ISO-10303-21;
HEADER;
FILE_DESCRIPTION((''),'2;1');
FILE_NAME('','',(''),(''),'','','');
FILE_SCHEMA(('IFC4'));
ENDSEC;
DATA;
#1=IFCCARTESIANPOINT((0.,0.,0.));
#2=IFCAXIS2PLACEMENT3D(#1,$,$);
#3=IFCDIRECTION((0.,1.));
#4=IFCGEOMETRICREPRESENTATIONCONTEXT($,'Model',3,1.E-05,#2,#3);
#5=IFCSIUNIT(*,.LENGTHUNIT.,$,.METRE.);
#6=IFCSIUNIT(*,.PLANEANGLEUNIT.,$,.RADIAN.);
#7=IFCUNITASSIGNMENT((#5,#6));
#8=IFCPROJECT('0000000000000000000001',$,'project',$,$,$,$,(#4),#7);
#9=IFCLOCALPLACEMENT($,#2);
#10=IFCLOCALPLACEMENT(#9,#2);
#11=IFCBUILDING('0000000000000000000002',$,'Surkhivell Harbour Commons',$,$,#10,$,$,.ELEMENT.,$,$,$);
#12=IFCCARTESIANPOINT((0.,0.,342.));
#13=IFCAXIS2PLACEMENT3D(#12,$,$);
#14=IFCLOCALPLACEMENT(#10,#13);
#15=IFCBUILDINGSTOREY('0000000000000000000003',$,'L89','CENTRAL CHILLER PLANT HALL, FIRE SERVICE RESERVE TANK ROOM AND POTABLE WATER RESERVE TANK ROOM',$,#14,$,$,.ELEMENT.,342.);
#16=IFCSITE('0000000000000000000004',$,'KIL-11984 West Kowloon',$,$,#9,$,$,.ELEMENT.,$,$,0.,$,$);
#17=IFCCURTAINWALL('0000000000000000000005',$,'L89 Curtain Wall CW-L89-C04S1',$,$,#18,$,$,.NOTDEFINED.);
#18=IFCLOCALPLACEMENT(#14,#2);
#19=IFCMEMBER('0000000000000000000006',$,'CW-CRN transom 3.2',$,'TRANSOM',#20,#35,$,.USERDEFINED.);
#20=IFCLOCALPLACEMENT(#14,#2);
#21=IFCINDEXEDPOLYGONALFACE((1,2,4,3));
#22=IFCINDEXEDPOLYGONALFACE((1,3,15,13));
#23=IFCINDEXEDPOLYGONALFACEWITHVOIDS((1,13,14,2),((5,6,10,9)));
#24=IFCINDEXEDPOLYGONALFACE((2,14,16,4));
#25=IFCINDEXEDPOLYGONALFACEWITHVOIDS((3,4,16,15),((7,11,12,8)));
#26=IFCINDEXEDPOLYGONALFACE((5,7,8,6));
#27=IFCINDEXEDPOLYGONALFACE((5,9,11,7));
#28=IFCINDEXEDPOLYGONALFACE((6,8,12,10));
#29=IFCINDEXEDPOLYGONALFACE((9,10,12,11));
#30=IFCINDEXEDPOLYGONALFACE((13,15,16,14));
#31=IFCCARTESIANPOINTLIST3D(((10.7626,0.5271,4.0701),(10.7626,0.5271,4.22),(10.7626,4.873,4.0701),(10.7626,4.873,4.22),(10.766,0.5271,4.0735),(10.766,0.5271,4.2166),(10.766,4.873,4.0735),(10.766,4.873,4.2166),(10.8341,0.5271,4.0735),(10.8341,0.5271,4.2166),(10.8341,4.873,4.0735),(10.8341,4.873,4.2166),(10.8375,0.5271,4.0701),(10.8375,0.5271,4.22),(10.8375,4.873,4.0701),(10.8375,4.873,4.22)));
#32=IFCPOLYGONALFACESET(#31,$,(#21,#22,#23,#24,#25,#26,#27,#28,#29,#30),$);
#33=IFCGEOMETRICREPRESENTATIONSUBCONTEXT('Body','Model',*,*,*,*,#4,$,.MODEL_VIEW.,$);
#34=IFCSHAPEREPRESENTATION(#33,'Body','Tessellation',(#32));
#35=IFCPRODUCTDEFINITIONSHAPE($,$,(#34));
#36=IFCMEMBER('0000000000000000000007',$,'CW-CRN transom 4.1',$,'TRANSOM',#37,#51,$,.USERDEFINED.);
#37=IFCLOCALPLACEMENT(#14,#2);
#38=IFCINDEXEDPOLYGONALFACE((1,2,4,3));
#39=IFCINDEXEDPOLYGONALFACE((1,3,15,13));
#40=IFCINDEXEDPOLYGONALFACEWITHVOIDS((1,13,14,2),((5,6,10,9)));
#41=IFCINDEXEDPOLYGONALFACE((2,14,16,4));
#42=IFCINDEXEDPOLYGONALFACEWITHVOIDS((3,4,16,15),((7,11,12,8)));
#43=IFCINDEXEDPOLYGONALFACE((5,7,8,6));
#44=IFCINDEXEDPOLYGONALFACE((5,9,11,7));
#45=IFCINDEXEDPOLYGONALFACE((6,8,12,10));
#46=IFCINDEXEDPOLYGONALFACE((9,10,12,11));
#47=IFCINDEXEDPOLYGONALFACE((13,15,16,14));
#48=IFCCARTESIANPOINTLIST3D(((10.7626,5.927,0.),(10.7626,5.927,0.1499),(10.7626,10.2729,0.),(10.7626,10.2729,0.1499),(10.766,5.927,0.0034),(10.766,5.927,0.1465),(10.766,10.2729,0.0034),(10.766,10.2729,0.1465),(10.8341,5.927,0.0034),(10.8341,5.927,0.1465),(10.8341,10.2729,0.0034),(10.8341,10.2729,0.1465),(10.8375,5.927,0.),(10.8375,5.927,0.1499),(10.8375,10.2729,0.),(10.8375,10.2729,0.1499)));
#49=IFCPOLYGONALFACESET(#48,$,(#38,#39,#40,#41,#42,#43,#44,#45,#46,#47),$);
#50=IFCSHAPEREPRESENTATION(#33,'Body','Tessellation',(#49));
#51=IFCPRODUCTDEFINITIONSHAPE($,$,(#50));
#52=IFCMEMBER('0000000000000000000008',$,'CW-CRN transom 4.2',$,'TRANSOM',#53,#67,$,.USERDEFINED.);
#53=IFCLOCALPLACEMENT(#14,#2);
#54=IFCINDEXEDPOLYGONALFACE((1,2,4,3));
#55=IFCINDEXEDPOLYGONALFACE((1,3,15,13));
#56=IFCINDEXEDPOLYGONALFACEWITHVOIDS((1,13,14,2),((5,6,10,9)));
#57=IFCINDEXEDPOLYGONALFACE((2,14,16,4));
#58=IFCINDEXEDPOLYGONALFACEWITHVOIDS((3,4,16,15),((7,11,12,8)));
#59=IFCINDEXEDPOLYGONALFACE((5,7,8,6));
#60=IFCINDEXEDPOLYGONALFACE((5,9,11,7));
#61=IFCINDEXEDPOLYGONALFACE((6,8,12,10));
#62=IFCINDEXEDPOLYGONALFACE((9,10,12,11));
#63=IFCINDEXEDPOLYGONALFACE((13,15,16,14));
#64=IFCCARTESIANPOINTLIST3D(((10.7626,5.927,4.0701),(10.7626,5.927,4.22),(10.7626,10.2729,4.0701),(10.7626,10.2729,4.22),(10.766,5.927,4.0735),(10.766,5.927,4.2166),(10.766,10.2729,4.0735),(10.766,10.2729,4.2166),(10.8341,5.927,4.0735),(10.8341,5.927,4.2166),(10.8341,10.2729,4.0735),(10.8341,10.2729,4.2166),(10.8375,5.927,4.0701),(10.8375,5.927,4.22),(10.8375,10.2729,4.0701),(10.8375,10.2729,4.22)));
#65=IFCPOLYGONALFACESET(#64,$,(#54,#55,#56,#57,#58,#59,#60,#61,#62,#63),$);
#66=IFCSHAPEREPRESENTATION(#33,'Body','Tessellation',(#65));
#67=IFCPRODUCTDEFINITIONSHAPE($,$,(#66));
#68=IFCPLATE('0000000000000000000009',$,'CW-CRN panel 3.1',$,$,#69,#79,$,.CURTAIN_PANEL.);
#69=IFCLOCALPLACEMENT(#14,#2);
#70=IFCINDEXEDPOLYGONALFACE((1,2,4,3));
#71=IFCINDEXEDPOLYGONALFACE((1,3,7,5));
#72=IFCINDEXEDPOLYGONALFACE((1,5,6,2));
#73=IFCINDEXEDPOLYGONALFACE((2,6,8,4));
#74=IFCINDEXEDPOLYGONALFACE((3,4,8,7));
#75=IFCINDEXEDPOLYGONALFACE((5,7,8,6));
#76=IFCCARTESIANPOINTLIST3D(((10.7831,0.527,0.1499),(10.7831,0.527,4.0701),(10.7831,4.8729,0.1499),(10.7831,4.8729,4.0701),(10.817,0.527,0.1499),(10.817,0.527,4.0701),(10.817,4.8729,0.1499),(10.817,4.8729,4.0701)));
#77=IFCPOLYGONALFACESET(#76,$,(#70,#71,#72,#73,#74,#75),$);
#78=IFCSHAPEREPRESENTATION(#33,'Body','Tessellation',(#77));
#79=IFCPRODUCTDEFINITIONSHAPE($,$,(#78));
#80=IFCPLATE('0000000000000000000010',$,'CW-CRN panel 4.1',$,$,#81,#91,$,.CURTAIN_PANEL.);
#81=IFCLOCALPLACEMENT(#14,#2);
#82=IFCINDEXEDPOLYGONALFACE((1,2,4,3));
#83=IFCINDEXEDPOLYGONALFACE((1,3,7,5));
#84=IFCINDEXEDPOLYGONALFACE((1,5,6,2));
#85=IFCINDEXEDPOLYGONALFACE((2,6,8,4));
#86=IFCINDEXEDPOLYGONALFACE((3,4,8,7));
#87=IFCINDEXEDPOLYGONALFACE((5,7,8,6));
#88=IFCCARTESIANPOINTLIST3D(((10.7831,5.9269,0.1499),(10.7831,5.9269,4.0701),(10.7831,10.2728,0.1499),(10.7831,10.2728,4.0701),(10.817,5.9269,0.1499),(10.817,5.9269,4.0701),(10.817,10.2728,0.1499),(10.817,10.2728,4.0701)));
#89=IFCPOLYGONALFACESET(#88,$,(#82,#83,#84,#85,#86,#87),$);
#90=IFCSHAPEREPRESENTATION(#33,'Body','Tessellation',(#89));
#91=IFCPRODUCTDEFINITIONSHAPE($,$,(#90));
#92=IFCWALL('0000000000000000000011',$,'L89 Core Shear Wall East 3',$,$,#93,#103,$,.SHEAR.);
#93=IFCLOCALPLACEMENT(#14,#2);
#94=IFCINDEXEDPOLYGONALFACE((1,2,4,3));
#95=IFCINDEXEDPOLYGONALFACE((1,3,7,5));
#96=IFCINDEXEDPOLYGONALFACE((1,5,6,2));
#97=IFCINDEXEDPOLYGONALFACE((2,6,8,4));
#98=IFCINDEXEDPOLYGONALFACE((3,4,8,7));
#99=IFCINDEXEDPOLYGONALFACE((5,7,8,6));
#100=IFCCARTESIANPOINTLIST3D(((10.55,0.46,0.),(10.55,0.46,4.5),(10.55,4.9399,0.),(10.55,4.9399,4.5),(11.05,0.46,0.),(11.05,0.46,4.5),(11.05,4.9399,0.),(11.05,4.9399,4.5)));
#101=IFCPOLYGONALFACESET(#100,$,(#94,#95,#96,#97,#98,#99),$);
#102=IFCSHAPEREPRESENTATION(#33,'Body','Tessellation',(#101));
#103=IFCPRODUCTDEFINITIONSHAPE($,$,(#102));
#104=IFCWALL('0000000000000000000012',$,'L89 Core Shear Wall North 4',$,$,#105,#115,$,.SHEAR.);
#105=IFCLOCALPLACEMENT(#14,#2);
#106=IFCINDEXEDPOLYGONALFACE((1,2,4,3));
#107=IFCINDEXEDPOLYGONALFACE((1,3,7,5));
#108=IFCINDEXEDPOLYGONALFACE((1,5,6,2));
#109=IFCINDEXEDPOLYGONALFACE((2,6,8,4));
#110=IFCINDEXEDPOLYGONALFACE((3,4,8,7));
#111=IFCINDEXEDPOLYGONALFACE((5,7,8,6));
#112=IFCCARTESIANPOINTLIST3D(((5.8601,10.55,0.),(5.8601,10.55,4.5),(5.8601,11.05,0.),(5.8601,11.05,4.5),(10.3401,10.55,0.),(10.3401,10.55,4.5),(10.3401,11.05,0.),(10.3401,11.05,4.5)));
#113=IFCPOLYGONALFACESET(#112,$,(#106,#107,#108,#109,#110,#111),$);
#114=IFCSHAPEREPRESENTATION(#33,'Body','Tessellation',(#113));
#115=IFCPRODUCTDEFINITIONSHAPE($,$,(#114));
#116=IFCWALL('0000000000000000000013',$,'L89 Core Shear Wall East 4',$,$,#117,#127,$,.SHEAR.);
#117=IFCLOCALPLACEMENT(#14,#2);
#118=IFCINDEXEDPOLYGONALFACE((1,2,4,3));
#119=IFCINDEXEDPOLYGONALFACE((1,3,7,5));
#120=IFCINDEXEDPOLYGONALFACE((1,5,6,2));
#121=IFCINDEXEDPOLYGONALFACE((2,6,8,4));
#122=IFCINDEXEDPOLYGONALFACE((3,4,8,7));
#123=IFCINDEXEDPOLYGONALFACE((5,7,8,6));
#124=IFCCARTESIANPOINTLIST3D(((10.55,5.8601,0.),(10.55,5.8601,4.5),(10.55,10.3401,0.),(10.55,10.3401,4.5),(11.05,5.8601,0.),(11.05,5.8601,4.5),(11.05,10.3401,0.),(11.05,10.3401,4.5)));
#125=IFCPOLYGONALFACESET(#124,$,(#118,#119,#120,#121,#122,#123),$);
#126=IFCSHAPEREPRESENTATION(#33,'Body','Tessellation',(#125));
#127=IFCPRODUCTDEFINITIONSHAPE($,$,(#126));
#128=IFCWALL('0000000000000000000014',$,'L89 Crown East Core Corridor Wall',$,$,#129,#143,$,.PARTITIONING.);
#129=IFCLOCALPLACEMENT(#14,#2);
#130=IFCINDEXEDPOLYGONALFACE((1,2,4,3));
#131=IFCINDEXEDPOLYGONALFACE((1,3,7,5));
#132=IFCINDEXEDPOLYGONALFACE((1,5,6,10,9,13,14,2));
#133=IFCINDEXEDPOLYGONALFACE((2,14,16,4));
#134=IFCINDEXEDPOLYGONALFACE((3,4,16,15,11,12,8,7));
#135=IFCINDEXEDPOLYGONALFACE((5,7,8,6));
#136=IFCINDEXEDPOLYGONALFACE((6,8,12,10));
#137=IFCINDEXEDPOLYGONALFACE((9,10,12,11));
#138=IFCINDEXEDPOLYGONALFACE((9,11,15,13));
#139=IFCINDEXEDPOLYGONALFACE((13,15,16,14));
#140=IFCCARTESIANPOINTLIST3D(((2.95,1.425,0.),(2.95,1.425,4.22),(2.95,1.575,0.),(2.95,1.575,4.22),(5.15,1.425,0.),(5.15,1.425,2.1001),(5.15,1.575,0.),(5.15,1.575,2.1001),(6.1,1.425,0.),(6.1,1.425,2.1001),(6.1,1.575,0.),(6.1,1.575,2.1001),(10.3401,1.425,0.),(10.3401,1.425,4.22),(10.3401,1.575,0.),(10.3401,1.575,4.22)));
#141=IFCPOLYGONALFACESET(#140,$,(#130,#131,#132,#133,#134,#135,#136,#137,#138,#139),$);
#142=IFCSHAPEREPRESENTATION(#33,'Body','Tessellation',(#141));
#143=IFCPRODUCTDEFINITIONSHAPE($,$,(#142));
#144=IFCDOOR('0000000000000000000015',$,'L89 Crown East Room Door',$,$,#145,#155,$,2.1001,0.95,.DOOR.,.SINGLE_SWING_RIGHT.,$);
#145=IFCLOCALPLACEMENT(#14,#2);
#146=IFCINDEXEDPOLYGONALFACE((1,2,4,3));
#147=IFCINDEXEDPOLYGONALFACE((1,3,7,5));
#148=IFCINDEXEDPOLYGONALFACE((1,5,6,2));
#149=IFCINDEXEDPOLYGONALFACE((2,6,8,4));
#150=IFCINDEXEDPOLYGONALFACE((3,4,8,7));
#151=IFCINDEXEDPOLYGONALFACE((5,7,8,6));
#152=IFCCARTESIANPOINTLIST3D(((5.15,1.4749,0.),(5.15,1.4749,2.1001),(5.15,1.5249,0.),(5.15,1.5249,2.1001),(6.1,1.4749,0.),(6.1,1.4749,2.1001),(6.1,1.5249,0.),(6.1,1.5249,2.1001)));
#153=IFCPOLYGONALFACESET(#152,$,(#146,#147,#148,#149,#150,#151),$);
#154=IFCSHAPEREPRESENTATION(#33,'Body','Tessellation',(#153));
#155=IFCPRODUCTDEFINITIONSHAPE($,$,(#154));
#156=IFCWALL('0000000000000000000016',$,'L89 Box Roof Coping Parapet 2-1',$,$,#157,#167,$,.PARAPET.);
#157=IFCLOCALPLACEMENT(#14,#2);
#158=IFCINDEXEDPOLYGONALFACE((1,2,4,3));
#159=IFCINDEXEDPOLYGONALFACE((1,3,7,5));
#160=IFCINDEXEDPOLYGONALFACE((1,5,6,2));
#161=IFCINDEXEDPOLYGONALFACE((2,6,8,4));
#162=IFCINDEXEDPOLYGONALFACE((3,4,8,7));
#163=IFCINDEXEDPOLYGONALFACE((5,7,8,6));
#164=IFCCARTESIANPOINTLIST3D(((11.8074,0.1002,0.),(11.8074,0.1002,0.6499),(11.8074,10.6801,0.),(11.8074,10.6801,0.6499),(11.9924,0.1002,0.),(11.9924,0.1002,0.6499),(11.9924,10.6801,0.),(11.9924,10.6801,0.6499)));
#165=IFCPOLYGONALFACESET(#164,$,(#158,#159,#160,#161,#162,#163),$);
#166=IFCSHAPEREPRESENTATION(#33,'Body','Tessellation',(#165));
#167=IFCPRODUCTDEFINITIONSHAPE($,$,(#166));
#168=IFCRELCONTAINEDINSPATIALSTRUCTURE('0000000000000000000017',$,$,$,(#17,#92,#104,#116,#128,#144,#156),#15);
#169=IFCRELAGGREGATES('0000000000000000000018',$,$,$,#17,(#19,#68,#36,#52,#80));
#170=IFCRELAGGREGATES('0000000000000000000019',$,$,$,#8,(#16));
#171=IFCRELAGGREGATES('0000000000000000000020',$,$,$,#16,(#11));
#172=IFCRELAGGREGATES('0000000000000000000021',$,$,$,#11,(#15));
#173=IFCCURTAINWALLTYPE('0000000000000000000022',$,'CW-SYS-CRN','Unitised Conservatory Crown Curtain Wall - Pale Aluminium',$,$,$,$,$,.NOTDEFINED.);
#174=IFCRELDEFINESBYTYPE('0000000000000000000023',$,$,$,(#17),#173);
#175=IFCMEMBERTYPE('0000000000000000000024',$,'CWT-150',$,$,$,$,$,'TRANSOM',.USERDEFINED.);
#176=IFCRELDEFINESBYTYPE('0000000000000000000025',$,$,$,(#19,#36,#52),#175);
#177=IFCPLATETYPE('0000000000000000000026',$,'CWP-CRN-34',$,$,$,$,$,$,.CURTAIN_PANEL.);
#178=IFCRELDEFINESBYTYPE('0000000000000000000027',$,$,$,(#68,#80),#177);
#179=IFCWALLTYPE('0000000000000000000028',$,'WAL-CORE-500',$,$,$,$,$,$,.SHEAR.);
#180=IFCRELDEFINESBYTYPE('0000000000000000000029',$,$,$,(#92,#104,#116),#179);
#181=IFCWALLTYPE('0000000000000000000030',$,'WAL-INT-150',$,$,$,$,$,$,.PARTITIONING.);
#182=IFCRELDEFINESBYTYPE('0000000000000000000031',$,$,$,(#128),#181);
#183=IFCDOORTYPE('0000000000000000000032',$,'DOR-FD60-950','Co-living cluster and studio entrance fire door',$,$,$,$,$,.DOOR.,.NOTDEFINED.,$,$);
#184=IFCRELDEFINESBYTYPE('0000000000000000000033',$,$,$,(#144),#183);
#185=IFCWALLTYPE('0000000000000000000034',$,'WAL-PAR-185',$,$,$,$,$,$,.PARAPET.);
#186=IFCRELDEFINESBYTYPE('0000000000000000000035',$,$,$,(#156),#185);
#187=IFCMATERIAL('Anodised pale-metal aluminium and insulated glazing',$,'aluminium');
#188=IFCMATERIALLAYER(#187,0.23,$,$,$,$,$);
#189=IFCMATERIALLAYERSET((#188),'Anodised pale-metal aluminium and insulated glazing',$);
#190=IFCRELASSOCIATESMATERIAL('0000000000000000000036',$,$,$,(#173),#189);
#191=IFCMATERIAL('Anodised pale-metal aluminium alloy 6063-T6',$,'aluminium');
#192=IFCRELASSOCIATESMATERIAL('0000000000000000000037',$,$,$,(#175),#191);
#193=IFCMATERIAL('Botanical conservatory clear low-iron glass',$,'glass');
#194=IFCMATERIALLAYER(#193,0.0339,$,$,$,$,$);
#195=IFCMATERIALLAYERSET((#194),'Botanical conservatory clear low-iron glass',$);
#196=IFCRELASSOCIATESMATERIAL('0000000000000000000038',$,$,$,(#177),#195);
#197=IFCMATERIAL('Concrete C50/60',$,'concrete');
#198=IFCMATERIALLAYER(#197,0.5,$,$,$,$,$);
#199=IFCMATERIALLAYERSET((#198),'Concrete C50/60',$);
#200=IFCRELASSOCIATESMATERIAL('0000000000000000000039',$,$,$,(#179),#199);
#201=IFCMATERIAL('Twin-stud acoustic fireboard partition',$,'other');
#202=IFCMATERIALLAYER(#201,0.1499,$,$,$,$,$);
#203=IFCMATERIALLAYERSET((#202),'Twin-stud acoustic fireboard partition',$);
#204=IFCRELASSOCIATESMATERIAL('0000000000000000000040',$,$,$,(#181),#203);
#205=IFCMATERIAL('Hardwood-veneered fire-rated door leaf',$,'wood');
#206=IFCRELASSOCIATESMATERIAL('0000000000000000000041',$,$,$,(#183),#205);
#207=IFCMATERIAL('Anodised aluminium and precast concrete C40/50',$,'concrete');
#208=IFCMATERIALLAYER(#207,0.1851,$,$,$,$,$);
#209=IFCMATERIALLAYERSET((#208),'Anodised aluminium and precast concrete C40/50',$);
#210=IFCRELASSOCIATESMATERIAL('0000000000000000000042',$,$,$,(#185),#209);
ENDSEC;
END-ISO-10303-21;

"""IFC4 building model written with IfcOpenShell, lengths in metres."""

from ifc_helpers import new_model, si_unit, direction, frame, frame_2d, origin, origin_2d, place, context, subcontext, project, spatial, rectangle, hollow_rectangle, extrude, material, layer, layer_set, material_profile, profile_set, type_object, element, fill, aggregate, save


model = new_model("IFC4")

# Units and contexts
model_context = context("Model", 3, precision=1e-05, world=origin(), true_north=direction((0.0, 1.0)))
body_context = subcontext(model_context, "Body", "Model", "MODEL_VIEW")
ifc_project = project(units=[si_unit("LENGTHUNIT", "METRE"), si_unit("PLANEANGLEUNIT", "RADIAN")], contexts=[model_context])

# Site, building, storey
site_placement = place(None, origin())
site = spatial("IfcSite", under=ifc_project, at=site_placement, Name="KIL-11984 West Kowloon", CompositionType="ELEMENT", RefElevation=0.0)
building_placement = place(site_placement, origin())
building = spatial("IfcBuilding", under=site, at=building_placement, Name="Surkhivell Harbour Commons", CompositionType="ELEMENT")
storey_placement = place(building_placement, frame((0.0, 0.0, 342.0)))
storey = spatial("IfcBuildingStorey", under=building, at=storey_placement, Name="L89", Description="CENTRAL CHILLER PLANT HALL, FIRE SERVICE RESERVE TANK ROOM AND POTABLE WATER RESERVE TANK ROOM", CompositionType="ELEMENT", Elevation=342.0)

# Curtain wall, members, plates
ifc_material_1 = material(Name="Anodised pale-metal aluminium and insulated glazing", Category="aluminium")
ifc_layer_1 = layer(ifc_material_1, 0.23)
ifc_layer_set_1 = layer_set([ifc_layer_1], Name="Anodised pale-metal aluminium and insulated glazing")
curtain_wall_type = type_object("IfcCurtainWallType", Name="CW-SYS-CRN", Description="Unitised Conservatory Crown Curtain Wall - Pale Aluminium", PredefinedType="NOTDEFINED", material=ifc_layer_set_1)
curtain_wall_placement = place(storey_placement, origin())
curtain_wall = element("IfcCurtainWall", 1, at=curtain_wall_placement, inside=storey, type_object=curtain_wall_type, Name="L89 Curtain Wall CW-L89-C04S1", PredefinedType="NOTDEFINED")
ifc_material_2 = material(Name="Anodised pale-metal aluminium alloy 6063-T6", Category="aluminium")
ifc_material_profile_1 = material_profile(ifc_material_2, hollow_rectangle(XDim=0.075, YDim=0.1499, WallThickness=0.0034, at=origin_2d()), Name="ALU-TRAN-75x150")
ifc_profile_set_1 = profile_set([ifc_material_profile_1], Name="Anodised pale-metal aluminium alloy 6063-T6")
member_type_1 = type_object("IfcMemberType", Name="CWT-150", ElementType="TRANSOM", PredefinedType="USERDEFINED", material=ifc_profile_set_1)
member_1_placement = place(storey_placement, frame((10.8, 0.5271, 4.145), z_axis=(0.0, 1.0, 0.0), x_axis=(-1.0, 0.0, 0.0)))
member_1 = element("IfcMember", 2, at=member_1_placement, type_object=member_type_1, Name="CW-CRN transom 3.2", ObjectType="TRANSOM", PredefinedType="USERDEFINED", context=body_context, shape_type="SweptSolid", body=[
    extrude(hollow_rectangle(XDim=0.075, YDim=0.1499, WallThickness=0.0034, at=origin_2d()), origin(), (0.0, 0.0, 1.0), 4.3459),
])
member_2_placement = place(storey_placement, frame((10.8, 5.927, 0.075), z_axis=(0.0, 1.0, 0.0), x_axis=(-1.0, 0.0, 0.0)))
member_2 = element("IfcMember", 3, at=member_2_placement, type_object=member_type_1, Name="CW-CRN transom 4.1", ObjectType="TRANSOM", PredefinedType="USERDEFINED", context=body_context, shape_type="SweptSolid", body=[
    extrude(hollow_rectangle(XDim=0.075, YDim=0.1499, WallThickness=0.0034, at=origin_2d()), origin(), (0.0, 0.0, 1.0), 4.3459),
])
member_3_placement = place(storey_placement, frame((10.8, 5.927, 4.145), z_axis=(0.0, 1.0, 0.0), x_axis=(-1.0, 0.0, 0.0)))
member_3 = element("IfcMember", 4, at=member_3_placement, type_object=member_type_1, Name="CW-CRN transom 4.2", ObjectType="TRANSOM", PredefinedType="USERDEFINED", context=body_context, shape_type="SweptSolid", body=[
    extrude(hollow_rectangle(XDim=0.075, YDim=0.1499, WallThickness=0.0034, at=origin_2d()), origin(), (0.0, 0.0, 1.0), 4.3459),
])
ifc_material_3 = material(Name="Botanical conservatory clear low-iron glass", Category="glass")
ifc_layer_2 = layer(ifc_material_3, 0.0339)
ifc_layer_set_2 = layer_set([ifc_layer_2], Name="Botanical conservatory clear low-iron glass")
plate_type = type_object("IfcPlateType", Name="CWP-CRN-34", PredefinedType="CURTAIN_PANEL", material=ifc_layer_set_2)
plate_1_placement = place(storey_placement, frame((10.8, 0.5271, 0.1499), z_axis=(0.0, 0.0, 1.0), x_axis=(0.0, 1.0, 0.0)))
plate_1 = element("IfcPlate", 5, at=plate_1_placement, type_object=plate_type, Name="CW-CRN panel 3.1", PredefinedType="CURTAIN_PANEL", context=body_context, shape_type="SweptSolid", body=[
    extrude(rectangle(XDim=4.3459, YDim=0.0339, at=frame_2d((2.1729, 0.0))), origin(), (0.0, 0.0, 1.0), 3.9202),
])
plate_2_placement = place(storey_placement, frame((10.8, 5.927, 0.1499), z_axis=(0.0, 0.0, 1.0), x_axis=(0.0, 1.0, 0.0)))
plate_2 = element("IfcPlate", 6, at=plate_2_placement, type_object=plate_type, Name="CW-CRN panel 4.1", PredefinedType="CURTAIN_PANEL", context=body_context, shape_type="SweptSolid", body=[
    extrude(rectangle(XDim=4.3459, YDim=0.0339, at=frame_2d((2.1729, 0.0))), origin(), (0.0, 0.0, 1.0), 3.9202),
])
aggregate(curtain_wall, [member_1, plate_1, member_2, member_3, plate_2])

# Walls
ifc_material_4 = material(Name="Concrete C50/60", Category="concrete")
ifc_layer_3 = layer(ifc_material_4, 0.5)
ifc_layer_set_3 = layer_set([ifc_layer_3], Name="Concrete C50/60")
wall_type_1 = type_object("IfcWallType", Name="WAL-CORE-500", PredefinedType="SHEAR", material=ifc_layer_set_3)
for number, where, z_axis, x_axis, name in (
    (7, (10.8, 0.46, 0.0), (0.0, 0.0, 1.0), (0.0, 1.0, 0.0), "L89 Core Shear Wall East 3"),
    (8, (5.8601, 10.8, 0.0), (0.0, 0.0, 1.0), (1.0, 0.0, 0.0), "L89 Core Shear Wall North 4"),
    (9, (10.8, 5.8601, 0.0), (0.0, 0.0, 1.0), (0.0, 1.0, 0.0), "L89 Core Shear Wall East 4"),
):
    element("IfcWall", number, at=place(storey_placement, frame(where, z_axis=z_axis, x_axis=x_axis)), inside=storey, type_object=wall_type_1, Name=name, PredefinedType="SHEAR", context=body_context, shape_type="SweptSolid", body=[
        extrude(rectangle(XDim=4.48, YDim=0.5, at=frame_2d((2.24, 0.0))), origin(), (0.0, 0.0, 1.0), 4.5),
    ])

# Wall, opening, door
ifc_material_5 = material(Name="Twin-stud acoustic fireboard partition", Category="other")
ifc_layer_4 = layer(ifc_material_5, 0.1499)
ifc_layer_set_4 = layer_set([ifc_layer_4], Name="Twin-stud acoustic fireboard partition")
wall_type_2 = type_object("IfcWallType", Name="WAL-INT-150", PredefinedType="PARTITIONING", material=ifc_layer_set_4)
wall_1_placement = place(storey_placement, frame((2.95, 1.5, 0.0), z_axis=(0.0, 0.0, 1.0), x_axis=(1.0, 0.0, 0.0)))
wall_1 = element("IfcWall", 10, at=wall_1_placement, inside=storey, type_object=wall_type_2, Name="L89 Crown East Core Corridor Wall", PredefinedType="PARTITIONING", context=body_context, shape_type="SweptSolid", body=[
    extrude(rectangle(XDim=7.3901, YDim=0.1499, at=frame_2d((3.6951, 0.0))), origin(), (0.0, 0.0, 1.0), 4.22),
])
opening_placement = place(wall_1_placement, frame((2.2, 0.0, 0.0)))
opening = element("IfcOpeningElement", 11, at=opening_placement, cuts=wall_1, PredefinedType="OPENING", context=body_context, shape_type="SweptSolid", body=[
    extrude(rectangle(XDim=0.95, YDim=2.1001, at=frame_2d((0.4751, 1.05))), frame((0.0, 0.085, 0.0), z_axis=(0.0, -1.0, 0.0), x_axis=(1.0, 0.0, 0.0)), (0.0, 0.0, 1.0), 0.1699),
])
ifc_material_6 = material(Name="Hardwood-veneered fire-rated door leaf", Category="wood")
door_type = type_object("IfcDoorType", Name="DOR-FD60-950", Description="Co-living cluster and studio entrance fire door", OperationType="NOTDEFINED", PredefinedType="DOOR", material=ifc_material_6)
door_placement = place(opening_placement, origin())
door = element("IfcDoor", 12, at=door_placement, inside=storey, type_object=door_type, Name="L89 Crown East Room Door", OperationType="SINGLE_SWING_RIGHT", OverallHeight=2.1001, OverallWidth=0.95, PredefinedType="DOOR", context=body_context, shape_type="SweptSolid", body=[
    extrude(rectangle(XDim=0.95, YDim=2.1001, at=frame_2d((0.4751, 1.05))), frame((0.0, 0.0249, 0.0), z_axis=(0.0, -1.0, 0.0), x_axis=(1.0, 0.0, 0.0)), (0.0, 0.0, 1.0), 0.05),
])
fill(opening, door)

# Wall
ifc_material_7 = material(Name="Anodised aluminium and precast concrete C40/50", Category="concrete")
ifc_layer_5 = layer(ifc_material_7, 0.1851)
ifc_layer_set_5 = layer_set([ifc_layer_5], Name="Anodised aluminium and precast concrete C40/50")
wall_type_3 = type_object("IfcWallType", Name="WAL-PAR-185", PredefinedType="PARAPET", material=ifc_layer_set_5)
wall_2_placement = place(storey_placement, frame((11.8999, 0.1001, 0.0), z_axis=(0.0, 0.0, 1.0), x_axis=(0.0, 1.0, 0.0)))
element("IfcWall", 13, at=wall_2_placement, inside=storey, type_object=wall_type_3, Name="L89 Box Roof Coping Parapet 2-1", PredefinedType="PARAPET", context=body_context, shape_type="SweptSolid", body=[
    extrude(rectangle(XDim=10.5798, YDim=0.1851, at=frame_2d((5.29, 0.0))), origin(), (0.0, 0.0, 1.0), 0.6499),
])

save(model, "model.ifc")
